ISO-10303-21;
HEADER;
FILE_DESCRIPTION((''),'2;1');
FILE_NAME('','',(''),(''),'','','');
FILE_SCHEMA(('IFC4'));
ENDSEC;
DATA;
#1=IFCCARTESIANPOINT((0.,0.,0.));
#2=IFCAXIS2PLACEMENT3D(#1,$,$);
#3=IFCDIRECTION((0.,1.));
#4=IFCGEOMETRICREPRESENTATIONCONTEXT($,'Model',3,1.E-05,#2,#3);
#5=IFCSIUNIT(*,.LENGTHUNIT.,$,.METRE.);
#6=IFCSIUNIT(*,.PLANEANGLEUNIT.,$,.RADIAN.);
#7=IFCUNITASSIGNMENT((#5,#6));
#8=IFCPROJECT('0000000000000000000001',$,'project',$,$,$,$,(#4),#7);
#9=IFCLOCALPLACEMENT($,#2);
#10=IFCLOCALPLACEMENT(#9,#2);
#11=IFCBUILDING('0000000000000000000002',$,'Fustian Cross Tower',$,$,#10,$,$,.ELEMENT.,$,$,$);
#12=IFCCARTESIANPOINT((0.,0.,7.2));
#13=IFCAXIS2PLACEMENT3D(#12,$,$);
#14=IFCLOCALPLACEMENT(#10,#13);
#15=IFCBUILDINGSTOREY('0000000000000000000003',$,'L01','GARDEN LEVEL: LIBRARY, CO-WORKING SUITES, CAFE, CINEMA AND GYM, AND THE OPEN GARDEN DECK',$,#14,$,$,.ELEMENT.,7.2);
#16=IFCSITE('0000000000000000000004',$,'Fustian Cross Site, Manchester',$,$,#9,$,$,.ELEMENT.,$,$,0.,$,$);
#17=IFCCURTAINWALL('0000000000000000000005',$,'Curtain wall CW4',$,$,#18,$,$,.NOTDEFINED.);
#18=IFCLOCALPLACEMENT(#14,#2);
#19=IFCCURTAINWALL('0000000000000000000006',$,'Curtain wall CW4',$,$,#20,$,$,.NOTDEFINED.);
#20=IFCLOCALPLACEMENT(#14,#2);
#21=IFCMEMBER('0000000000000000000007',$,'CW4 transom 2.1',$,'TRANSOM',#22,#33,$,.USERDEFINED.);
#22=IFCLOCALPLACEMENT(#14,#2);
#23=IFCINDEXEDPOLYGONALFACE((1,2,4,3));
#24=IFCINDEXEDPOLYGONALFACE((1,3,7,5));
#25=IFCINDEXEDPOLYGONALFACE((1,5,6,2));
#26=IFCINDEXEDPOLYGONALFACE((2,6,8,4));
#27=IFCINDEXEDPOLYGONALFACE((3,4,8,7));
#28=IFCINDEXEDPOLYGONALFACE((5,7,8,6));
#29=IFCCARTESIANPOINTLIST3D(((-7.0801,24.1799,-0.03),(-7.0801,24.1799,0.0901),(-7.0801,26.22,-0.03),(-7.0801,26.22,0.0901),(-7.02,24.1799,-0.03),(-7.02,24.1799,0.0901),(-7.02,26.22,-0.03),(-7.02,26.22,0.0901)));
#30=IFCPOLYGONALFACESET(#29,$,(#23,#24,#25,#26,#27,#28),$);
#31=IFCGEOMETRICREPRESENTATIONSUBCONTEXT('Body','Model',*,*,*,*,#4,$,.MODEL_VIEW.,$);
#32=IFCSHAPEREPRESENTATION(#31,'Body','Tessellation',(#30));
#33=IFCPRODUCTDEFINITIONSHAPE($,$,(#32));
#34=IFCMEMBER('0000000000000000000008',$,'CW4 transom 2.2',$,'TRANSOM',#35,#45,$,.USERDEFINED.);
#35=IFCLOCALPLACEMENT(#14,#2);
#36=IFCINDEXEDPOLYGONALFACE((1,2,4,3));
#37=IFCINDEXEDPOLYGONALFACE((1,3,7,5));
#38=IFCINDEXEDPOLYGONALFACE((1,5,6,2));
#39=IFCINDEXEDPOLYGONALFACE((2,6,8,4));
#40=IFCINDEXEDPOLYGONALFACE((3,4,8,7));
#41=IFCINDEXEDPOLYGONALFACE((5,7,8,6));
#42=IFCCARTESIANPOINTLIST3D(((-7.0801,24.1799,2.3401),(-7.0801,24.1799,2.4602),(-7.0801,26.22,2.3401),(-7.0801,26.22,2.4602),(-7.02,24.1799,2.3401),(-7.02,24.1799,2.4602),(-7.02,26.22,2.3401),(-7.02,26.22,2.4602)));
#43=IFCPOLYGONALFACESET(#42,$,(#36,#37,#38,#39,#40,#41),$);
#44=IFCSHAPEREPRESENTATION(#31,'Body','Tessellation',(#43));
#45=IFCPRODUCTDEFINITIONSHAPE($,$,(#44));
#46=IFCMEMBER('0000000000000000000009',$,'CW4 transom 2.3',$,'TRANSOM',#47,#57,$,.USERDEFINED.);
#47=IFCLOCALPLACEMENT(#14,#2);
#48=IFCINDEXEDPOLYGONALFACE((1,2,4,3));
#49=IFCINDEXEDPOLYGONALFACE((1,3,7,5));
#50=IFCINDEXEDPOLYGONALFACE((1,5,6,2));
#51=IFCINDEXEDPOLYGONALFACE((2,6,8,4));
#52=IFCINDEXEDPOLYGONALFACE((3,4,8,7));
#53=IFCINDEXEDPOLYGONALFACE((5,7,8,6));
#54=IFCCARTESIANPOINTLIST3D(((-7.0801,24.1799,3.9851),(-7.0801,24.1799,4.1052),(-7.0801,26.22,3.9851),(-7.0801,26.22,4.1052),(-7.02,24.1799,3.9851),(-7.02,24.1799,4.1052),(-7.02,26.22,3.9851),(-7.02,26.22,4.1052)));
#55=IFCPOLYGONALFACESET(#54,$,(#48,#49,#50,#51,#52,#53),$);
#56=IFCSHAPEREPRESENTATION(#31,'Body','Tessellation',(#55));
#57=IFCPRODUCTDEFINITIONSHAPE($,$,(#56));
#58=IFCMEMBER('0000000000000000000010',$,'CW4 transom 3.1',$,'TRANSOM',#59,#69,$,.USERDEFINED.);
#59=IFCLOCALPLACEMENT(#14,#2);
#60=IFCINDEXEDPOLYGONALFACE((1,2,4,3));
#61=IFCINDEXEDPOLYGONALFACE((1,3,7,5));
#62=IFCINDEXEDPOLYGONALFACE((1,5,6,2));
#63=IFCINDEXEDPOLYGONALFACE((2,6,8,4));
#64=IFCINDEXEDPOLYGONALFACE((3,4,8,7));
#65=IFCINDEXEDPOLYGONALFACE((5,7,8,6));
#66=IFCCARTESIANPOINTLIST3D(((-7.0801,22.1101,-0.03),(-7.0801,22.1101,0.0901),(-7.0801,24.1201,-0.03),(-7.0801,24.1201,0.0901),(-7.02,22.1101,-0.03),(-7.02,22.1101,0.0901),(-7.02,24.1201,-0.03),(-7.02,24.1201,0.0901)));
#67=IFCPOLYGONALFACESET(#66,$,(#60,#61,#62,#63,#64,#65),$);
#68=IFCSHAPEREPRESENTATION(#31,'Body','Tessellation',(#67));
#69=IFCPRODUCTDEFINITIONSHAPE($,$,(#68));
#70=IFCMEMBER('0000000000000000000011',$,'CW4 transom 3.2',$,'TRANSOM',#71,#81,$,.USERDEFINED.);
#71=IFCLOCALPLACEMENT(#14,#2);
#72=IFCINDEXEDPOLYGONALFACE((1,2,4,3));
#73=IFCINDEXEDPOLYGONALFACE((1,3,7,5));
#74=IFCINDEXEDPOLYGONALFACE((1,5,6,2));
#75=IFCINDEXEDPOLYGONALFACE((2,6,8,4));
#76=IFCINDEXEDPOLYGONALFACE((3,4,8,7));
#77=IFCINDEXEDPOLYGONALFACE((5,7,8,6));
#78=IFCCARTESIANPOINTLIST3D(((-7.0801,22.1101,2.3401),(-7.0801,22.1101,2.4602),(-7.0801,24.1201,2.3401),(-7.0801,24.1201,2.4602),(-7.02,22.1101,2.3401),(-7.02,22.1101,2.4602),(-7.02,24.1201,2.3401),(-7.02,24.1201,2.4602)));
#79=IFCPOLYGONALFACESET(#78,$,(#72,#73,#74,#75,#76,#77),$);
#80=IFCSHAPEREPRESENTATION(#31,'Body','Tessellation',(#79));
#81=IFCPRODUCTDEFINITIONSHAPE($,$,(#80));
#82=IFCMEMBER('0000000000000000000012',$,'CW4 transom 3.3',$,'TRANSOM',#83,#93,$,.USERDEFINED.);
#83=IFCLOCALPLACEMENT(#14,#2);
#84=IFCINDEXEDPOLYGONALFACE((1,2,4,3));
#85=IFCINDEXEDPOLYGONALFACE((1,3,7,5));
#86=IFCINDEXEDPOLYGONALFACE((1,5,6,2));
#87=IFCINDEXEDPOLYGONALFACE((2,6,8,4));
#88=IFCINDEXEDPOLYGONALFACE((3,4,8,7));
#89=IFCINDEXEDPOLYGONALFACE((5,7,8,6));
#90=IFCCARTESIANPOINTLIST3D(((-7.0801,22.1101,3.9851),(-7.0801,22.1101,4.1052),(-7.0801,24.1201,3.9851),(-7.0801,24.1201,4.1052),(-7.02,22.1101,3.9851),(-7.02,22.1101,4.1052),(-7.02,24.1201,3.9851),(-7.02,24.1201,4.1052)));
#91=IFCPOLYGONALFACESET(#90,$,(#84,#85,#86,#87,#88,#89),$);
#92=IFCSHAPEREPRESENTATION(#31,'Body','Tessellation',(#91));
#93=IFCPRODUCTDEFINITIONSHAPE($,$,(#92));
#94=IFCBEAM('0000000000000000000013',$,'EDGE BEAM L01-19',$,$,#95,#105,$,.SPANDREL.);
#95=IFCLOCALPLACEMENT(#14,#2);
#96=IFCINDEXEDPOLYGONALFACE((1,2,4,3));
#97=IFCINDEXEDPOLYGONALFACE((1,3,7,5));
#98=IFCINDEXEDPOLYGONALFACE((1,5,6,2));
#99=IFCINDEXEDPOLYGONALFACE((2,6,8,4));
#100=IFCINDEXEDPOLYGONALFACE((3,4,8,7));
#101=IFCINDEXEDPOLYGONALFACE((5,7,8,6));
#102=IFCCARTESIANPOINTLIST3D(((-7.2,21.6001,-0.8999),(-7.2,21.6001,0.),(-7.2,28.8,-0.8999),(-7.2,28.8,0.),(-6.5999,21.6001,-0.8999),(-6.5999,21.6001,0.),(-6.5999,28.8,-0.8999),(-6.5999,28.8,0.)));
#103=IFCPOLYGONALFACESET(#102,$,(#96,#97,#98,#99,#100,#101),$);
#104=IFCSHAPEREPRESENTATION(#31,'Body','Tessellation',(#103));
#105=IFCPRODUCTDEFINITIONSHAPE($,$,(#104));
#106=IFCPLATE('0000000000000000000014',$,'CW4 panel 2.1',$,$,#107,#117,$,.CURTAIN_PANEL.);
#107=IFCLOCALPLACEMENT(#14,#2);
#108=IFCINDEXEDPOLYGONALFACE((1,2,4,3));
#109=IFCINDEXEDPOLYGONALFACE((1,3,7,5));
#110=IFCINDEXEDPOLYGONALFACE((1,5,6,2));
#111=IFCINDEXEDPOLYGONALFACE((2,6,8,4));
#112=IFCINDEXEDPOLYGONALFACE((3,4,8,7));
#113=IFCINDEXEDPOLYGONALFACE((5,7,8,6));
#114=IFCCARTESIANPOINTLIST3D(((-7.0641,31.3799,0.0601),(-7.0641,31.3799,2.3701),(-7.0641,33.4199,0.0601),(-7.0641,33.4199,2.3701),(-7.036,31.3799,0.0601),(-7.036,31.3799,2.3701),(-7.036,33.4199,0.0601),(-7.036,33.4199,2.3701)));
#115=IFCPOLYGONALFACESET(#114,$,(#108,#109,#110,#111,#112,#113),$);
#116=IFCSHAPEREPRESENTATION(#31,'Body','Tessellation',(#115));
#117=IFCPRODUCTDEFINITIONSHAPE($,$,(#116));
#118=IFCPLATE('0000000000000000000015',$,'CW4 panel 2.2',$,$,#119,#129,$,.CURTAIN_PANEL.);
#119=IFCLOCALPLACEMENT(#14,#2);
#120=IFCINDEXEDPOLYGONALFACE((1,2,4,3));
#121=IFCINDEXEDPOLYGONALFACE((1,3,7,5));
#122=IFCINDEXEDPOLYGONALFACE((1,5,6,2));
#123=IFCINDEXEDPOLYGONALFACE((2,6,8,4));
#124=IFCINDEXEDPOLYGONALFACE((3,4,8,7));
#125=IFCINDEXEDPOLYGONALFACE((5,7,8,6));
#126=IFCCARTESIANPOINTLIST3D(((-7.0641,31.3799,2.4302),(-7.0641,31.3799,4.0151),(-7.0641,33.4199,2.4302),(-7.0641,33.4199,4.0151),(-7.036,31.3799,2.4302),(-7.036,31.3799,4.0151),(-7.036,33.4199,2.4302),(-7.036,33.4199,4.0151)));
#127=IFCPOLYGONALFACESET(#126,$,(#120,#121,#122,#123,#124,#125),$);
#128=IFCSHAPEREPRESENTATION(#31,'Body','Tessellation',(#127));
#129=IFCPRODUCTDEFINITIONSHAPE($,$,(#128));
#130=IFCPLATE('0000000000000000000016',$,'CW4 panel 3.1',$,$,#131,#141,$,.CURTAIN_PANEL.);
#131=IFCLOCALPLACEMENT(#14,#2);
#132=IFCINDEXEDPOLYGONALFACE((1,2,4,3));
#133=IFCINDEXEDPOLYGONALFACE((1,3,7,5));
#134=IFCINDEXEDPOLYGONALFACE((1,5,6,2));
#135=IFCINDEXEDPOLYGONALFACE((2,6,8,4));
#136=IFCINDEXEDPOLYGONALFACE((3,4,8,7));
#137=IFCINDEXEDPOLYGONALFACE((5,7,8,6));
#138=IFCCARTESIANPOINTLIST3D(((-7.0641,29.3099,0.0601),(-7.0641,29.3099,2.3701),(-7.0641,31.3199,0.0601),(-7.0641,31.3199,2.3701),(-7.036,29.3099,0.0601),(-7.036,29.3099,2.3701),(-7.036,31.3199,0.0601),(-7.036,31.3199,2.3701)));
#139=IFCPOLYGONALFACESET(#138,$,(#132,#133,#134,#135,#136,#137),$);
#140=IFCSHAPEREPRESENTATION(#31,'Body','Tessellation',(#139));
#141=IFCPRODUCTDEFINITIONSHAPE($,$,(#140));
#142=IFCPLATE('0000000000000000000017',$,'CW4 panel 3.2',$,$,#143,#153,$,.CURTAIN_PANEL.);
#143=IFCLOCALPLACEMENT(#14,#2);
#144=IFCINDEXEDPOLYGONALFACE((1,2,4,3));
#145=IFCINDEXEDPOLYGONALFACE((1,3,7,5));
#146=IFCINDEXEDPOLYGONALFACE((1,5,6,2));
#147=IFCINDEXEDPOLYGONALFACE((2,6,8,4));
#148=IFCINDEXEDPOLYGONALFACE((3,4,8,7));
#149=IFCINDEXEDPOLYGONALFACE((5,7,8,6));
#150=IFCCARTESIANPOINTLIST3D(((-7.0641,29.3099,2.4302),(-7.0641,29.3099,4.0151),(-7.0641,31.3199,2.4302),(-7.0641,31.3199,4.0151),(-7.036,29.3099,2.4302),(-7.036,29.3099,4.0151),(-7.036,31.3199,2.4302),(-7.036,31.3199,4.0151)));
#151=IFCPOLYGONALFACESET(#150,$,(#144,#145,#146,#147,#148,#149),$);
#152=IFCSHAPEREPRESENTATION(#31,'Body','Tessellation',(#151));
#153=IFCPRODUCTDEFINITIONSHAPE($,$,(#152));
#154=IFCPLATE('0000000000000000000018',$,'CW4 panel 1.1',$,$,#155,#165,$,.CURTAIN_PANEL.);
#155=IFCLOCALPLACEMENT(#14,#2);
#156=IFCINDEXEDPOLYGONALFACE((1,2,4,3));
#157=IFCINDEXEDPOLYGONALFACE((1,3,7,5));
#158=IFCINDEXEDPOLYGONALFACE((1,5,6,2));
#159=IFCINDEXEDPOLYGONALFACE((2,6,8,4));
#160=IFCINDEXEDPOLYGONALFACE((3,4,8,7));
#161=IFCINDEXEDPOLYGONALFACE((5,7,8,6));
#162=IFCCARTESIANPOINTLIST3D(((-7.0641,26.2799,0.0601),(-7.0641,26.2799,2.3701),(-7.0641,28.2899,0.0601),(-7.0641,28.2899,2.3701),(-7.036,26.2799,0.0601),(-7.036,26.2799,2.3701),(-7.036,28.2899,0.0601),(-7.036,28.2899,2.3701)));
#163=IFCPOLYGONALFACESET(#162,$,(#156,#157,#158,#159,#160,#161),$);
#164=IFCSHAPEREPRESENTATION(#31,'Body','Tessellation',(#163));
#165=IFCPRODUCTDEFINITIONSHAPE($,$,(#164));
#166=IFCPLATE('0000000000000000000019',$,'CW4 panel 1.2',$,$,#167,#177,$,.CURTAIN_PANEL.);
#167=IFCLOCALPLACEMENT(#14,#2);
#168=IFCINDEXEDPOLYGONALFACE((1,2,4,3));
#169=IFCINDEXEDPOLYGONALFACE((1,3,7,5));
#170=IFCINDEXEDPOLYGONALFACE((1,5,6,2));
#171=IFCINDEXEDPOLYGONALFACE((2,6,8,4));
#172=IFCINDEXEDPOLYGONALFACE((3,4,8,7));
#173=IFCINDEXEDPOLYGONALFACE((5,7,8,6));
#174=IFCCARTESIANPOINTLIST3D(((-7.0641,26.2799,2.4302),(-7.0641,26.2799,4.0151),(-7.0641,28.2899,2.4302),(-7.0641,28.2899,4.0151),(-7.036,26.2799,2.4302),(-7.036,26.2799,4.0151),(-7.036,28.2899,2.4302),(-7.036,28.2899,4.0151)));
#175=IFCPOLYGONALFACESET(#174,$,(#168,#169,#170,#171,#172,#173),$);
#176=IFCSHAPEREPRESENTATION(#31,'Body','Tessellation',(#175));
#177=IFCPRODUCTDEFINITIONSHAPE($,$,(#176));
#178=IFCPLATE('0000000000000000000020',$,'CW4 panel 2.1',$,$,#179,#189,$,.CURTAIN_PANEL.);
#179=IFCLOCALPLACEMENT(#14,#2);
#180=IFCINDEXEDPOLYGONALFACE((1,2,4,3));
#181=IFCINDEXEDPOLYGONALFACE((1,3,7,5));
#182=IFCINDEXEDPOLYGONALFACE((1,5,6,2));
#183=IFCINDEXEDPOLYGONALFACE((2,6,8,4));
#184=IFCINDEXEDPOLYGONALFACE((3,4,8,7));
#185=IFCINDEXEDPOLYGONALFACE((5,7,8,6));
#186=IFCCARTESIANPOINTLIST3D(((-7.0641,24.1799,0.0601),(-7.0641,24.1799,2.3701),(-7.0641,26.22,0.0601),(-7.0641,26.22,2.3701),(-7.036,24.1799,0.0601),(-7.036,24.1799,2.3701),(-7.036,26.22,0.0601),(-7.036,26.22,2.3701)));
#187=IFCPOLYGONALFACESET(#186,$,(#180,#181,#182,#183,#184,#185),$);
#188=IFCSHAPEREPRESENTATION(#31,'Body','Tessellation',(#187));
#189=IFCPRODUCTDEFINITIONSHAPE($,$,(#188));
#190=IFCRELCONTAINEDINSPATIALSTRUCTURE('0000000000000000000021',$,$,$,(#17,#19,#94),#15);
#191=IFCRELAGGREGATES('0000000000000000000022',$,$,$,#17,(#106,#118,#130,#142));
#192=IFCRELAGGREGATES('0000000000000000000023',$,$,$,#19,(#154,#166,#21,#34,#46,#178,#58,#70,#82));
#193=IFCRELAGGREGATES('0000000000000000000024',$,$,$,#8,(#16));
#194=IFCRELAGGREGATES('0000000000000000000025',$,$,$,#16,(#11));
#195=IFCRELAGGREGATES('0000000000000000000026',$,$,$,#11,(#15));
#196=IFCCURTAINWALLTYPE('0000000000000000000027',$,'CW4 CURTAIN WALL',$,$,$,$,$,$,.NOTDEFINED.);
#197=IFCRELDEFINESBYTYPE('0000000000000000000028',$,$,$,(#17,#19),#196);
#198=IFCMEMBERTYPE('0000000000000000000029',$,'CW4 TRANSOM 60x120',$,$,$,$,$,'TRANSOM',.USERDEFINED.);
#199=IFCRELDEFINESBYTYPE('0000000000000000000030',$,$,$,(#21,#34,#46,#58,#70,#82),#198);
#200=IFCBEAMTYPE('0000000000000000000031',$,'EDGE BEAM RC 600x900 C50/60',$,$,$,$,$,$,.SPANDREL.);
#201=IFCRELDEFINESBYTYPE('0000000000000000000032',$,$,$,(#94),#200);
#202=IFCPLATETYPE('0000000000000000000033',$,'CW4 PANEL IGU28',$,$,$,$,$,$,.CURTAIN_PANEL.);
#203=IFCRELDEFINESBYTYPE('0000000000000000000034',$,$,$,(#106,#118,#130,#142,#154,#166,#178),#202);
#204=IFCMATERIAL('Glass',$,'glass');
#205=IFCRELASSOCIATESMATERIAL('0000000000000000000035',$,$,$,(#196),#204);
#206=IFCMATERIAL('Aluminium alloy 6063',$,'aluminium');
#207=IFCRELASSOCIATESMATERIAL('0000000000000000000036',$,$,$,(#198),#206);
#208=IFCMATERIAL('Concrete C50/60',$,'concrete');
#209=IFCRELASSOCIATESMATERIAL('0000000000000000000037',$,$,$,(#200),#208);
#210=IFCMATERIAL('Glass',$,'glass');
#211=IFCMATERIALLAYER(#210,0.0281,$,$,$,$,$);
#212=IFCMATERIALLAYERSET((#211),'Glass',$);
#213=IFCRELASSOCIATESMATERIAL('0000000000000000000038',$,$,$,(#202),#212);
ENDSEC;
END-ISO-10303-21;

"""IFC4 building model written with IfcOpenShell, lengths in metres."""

from ifc_helpers import new_model, si_unit, direction, frame, origin, origin_2d, place, context, subcontext, project, spatial, rectangle, extrude, material, layer, layer_set, material_profile, profile_set, type_object, element, aggregate, save


model = new_model("IFC4")

# Units and contexts
model_context = context("Model", 3, precision=1e-05, world=origin(), true_north=direction((0.0, 1.0)))
body_context = subcontext(model_context, "Body", "Model", "MODEL_VIEW")
ifc_project = project(units=[si_unit("LENGTHUNIT", "METRE"), si_unit("PLANEANGLEUNIT", "RADIAN")], contexts=[model_context])

# Site, building, storey
site_placement = place(None, origin())
site = spatial("IfcSite", under=ifc_project, at=site_placement, Name="Fustian Cross Site, Manchester", CompositionType="ELEMENT", RefElevation=0.0)
building_placement = place(site_placement, origin())
building = spatial("IfcBuilding", under=site, at=building_placement, Name="Fustian Cross Tower", CompositionType="ELEMENT")
storey_placement = place(building_placement, frame((0.0, 0.0, 7.2)))
storey = spatial("IfcBuildingStorey", under=building, at=storey_placement, Name="L01", Description="GARDEN LEVEL: LIBRARY, CO-WORKING SUITES, CAFE, CINEMA AND GYM, AND THE OPEN GARDEN DECK", CompositionType="ELEMENT", Elevation=7.2)

# Curtain walls
ifc_material_1 = material(Name="Glass", Category="glass")
curtain_wall_type = type_object("IfcCurtainWallType", Name="CW4 CURTAIN WALL", PredefinedType="NOTDEFINED", material=ifc_material_1)
curtain_wall_1_placement = place(storey_placement, origin())
curtain_wall_1 = element("IfcCurtainWall", 1, at=curtain_wall_1_placement, inside=storey, type_object=curtain_wall_type, Name="Curtain wall CW4", PredefinedType="NOTDEFINED")
curtain_wall_2_placement = place(storey_placement, origin())
curtain_wall_2 = element("IfcCurtainWall", 2, at=curtain_wall_2_placement, inside=storey, type_object=curtain_wall_type, Name="Curtain wall CW4", PredefinedType="NOTDEFINED")

# Members
ifc_material_2 = material(Name="Aluminium alloy 6063", Category="aluminium")
ifc_material_profile_1 = material_profile(ifc_material_2, rectangle(XDim=0.0601, YDim=0.1201, at=origin_2d()), Name="CW4 TRANSOM 60x120")
ifc_profile_set_1 = profile_set([ifc_material_profile_1], Name="Aluminium alloy 6063")
member_type_1 = type_object("IfcMemberType", Name="CW4 TRANSOM 60x120", ElementType="TRANSOM", PredefinedType="USERDEFINED", material=ifc_profile_set_1)
member_1_placement = place(storey_placement, frame((-7.05, 26.22, 0.03), z_axis=(0.0, -1.0, 0.0), x_axis=(1.0, 0.0, 0.0)))
member_1 = element("IfcMember", 3, at=member_1_placement, type_object=member_type_1, Name="CW4 transom 2.1", ObjectType="TRANSOM", PredefinedType="USERDEFINED", context=body_context, shape_type="SweptSolid", body=[
    extrude(rectangle(XDim=0.0601, YDim=0.1201, at=origin_2d()), origin(), (0.0, 0.0, 1.0), 2.04),
])
member_2_placement = place(storey_placement, frame((-7.05, 26.22, 2.4001), z_axis=(0.0, -1.0, 0.0), x_axis=(1.0, 0.0, 0.0)))
member_2 = element("IfcMember", 4, at=member_2_placement, type_object=member_type_1, Name="CW4 transom 2.2", ObjectType="TRANSOM", PredefinedType="USERDEFINED", context=body_context, shape_type="SweptSolid", body=[
    extrude(rectangle(XDim=0.0601, YDim=0.1201, at=origin_2d()), origin(), (0.0, 0.0, 1.0), 2.04),
])
member_3_placement = place(storey_placement, frame((-7.05, 26.22, 4.0452), z_axis=(0.0, -1.0, 0.0), x_axis=(1.0, 0.0, 0.0)))
member_3 = element("IfcMember", 5, at=member_3_placement, type_object=member_type_1, Name="CW4 transom 2.3", ObjectType="TRANSOM", PredefinedType="USERDEFINED", context=body_context, shape_type="SweptSolid", body=[
    extrude(rectangle(XDim=0.0601, YDim=0.1201, at=origin_2d()), origin(), (0.0, 0.0, 1.0), 2.04),
])
member_4_placement = place(storey_placement, frame((-7.05, 24.1201, 0.03), z_axis=(0.0, -1.0, 0.0), x_axis=(1.0, 0.0, 0.0)))
member_4 = element("IfcMember", 6, at=member_4_placement, type_object=member_type_1, Name="CW4 transom 3.1", ObjectType="TRANSOM", PredefinedType="USERDEFINED", context=body_context, shape_type="SweptSolid", body=[
    extrude(rectangle(XDim=0.0601, YDim=0.1201, at=origin_2d()), origin(), (0.0, 0.0, 1.0), 2.01),
])
member_5_placement = place(storey_placement, frame((-7.05, 24.1201, 2.4001), z_axis=(0.0, -1.0, 0.0), x_axis=(1.0, 0.0, 0.0)))
member_5 = element("IfcMember", 7, at=member_5_placement, type_object=member_type_1, Name="CW4 transom 3.2", ObjectType="TRANSOM", PredefinedType="USERDEFINED", context=body_context, shape_type="SweptSolid", body=[
    extrude(rectangle(XDim=0.0601, YDim=0.1201, at=origin_2d()), origin(), (0.0, 0.0, 1.0), 2.01),
])
member_6_placement = place(storey_placement, frame((-7.05, 24.1201, 4.0452), z_axis=(0.0, -1.0, 0.0), x_axis=(1.0, 0.0, 0.0)))
member_6 = element("IfcMember", 8, at=member_6_placement, type_object=member_type_1, Name="CW4 transom 3.3", ObjectType="TRANSOM", PredefinedType="USERDEFINED", context=body_context, shape_type="SweptSolid", body=[
    extrude(rectangle(XDim=0.0601, YDim=0.1201, at=origin_2d()), origin(), (0.0, 0.0, 1.0), 2.01),
])

# Beam
ifc_material_3 = material(Name="Concrete C50/60", Category="concrete")
ifc_material_profile_2 = material_profile(ifc_material_3, rectangle(XDim=0.6001, YDim=0.8999, at=origin_2d()), Name="RC 600x900")
ifc_profile_set_2 = profile_set([ifc_material_profile_2], Name="Concrete C50/60")
beam_type = type_object("IfcBeamType", Name="EDGE BEAM RC 600x900 C50/60", PredefinedType="SPANDREL", material=ifc_profile_set_2)
beam_placement = place(storey_placement, frame((-6.8999, 28.8, -0.45), z_axis=(0.0, -1.0, 0.0), x_axis=(1.0, 0.0, 0.0)))
element("IfcBeam", 9, at=beam_placement, inside=storey, type_object=beam_type, Name="EDGE BEAM L01-19", PredefinedType="SPANDREL", context=body_context, shape_type="SweptSolid", body=[
    extrude(rectangle(XDim=0.6001, YDim=0.8999, at=origin_2d()), origin(), (0.0, 0.0, 1.0), 7.2),
])

# Plates
ifc_material_4 = material(Name="Glass", Category="glass")
ifc_layer_1 = layer(ifc_material_4, 0.0281)
ifc_layer_set_1 = layer_set([ifc_layer_1], Name="Glass")
plate_type = type_object("IfcPlateType", Name="CW4 PANEL IGU28", PredefinedType="CURTAIN_PANEL", material=ifc_layer_set_1)
plate_1_placement = place(storey_placement, frame((-7.05, 32.3999, 0.0601), z_axis=(0.0, 0.0, 1.0), x_axis=(0.0, -1.0, 0.0)))
plate_1 = element("IfcPlate", 10, at=plate_1_placement, type_object=plate_type, Name="CW4 panel 2.1", PredefinedType="CURTAIN_PANEL", context=body_context, shape_type="SweptSolid", body=[
    extrude(rectangle(XDim=2.04, YDim=0.0281, at=origin_2d()), origin(), (0.0, 0.0, 1.0), 2.3101),
])
plate_2_placement = place(storey_placement, frame((-7.05, 32.3999, 2.4302), z_axis=(0.0, 0.0, 1.0), x_axis=(0.0, -1.0, 0.0)))
plate_2 = element("IfcPlate", 11, at=plate_2_placement, type_object=plate_type, Name="CW4 panel 2.2", PredefinedType="CURTAIN_PANEL", context=body_context, shape_type="SweptSolid", body=[
    extrude(rectangle(XDim=2.04, YDim=0.0281, at=origin_2d()), origin(), (0.0, 0.0, 1.0), 1.585),
])
plate_3_placement = place(storey_placement, frame((-7.05, 30.3149, 0.0601), z_axis=(0.0, 0.0, 1.0), x_axis=(0.0, -1.0, 0.0)))
plate_3 = element("IfcPlate", 12, at=plate_3_placement, type_object=plate_type, Name="CW4 panel 3.1", PredefinedType="CURTAIN_PANEL", context=body_context, shape_type="SweptSolid", body=[
    extrude(rectangle(XDim=2.01, YDim=0.0281, at=origin_2d()), origin(), (0.0, 0.0, 1.0), 2.3101),
])
plate_4_placement = place(storey_placement, frame((-7.05, 30.3149, 2.4302), z_axis=(0.0, 0.0, 1.0), x_axis=(0.0, -1.0, 0.0)))
plate_4 = element("IfcPlate", 13, at=plate_4_placement, type_object=plate_type, Name="CW4 panel 3.2", PredefinedType="CURTAIN_PANEL", context=body_context, shape_type="SweptSolid", body=[
    extrude(rectangle(XDim=2.01, YDim=0.0281, at=origin_2d()), origin(), (0.0, 0.0, 1.0), 1.585),
])
aggregate(curtain_wall_1, [plate_1, plate_2, plate_3, plate_4])
plate_5_placement = place(storey_placement, frame((-7.05, 27.2849, 0.0601), z_axis=(0.0, 0.0, 1.0), x_axis=(0.0, -1.0, 0.0)))
plate_5 = element("IfcPlate", 14, at=plate_5_placement, type_object=plate_type, Name="CW4 panel 1.1", PredefinedType="CURTAIN_PANEL", context=body_context, shape_type="SweptSolid", body=[
    extrude(rectangle(XDim=2.01, YDim=0.0281, at=origin_2d()), origin(), (0.0, 0.0, 1.0), 2.3101),
])
plate_6_placement = place(storey_placement, frame((-7.05, 27.2849, 2.4302), z_axis=(0.0, 0.0, 1.0), x_axis=(0.0, -1.0, 0.0)))
plate_6 = element("IfcPlate", 15, at=plate_6_placement, type_object=plate_type, Name="CW4 panel 1.2", PredefinedType="CURTAIN_PANEL", context=body_context, shape_type="SweptSolid", body=[
    extrude(rectangle(XDim=2.01, YDim=0.0281, at=origin_2d()), origin(), (0.0, 0.0, 1.0), 1.585),
])
plate_7_placement = place(storey_placement, frame((-7.05, 25.2, 0.0601), z_axis=(0.0, 0.0, 1.0), x_axis=(0.0, -1.0, 0.0)))
plate_7 = element("IfcPlate", 16, at=plate_7_placement, type_object=plate_type, Name="CW4 panel 2.1", PredefinedType="CURTAIN_PANEL", context=body_context, shape_type="SweptSolid", body=[
    extrude(rectangle(XDim=2.04, YDim=0.0281, at=origin_2d()), origin(), (0.0, 0.0, 1.0), 2.3101),
])
aggregate(curtain_wall_2, [plate_5, plate_6, member_1, member_2, member_3, plate_7, member_4, member_5, member_6])

save(model, "model.ifc")
